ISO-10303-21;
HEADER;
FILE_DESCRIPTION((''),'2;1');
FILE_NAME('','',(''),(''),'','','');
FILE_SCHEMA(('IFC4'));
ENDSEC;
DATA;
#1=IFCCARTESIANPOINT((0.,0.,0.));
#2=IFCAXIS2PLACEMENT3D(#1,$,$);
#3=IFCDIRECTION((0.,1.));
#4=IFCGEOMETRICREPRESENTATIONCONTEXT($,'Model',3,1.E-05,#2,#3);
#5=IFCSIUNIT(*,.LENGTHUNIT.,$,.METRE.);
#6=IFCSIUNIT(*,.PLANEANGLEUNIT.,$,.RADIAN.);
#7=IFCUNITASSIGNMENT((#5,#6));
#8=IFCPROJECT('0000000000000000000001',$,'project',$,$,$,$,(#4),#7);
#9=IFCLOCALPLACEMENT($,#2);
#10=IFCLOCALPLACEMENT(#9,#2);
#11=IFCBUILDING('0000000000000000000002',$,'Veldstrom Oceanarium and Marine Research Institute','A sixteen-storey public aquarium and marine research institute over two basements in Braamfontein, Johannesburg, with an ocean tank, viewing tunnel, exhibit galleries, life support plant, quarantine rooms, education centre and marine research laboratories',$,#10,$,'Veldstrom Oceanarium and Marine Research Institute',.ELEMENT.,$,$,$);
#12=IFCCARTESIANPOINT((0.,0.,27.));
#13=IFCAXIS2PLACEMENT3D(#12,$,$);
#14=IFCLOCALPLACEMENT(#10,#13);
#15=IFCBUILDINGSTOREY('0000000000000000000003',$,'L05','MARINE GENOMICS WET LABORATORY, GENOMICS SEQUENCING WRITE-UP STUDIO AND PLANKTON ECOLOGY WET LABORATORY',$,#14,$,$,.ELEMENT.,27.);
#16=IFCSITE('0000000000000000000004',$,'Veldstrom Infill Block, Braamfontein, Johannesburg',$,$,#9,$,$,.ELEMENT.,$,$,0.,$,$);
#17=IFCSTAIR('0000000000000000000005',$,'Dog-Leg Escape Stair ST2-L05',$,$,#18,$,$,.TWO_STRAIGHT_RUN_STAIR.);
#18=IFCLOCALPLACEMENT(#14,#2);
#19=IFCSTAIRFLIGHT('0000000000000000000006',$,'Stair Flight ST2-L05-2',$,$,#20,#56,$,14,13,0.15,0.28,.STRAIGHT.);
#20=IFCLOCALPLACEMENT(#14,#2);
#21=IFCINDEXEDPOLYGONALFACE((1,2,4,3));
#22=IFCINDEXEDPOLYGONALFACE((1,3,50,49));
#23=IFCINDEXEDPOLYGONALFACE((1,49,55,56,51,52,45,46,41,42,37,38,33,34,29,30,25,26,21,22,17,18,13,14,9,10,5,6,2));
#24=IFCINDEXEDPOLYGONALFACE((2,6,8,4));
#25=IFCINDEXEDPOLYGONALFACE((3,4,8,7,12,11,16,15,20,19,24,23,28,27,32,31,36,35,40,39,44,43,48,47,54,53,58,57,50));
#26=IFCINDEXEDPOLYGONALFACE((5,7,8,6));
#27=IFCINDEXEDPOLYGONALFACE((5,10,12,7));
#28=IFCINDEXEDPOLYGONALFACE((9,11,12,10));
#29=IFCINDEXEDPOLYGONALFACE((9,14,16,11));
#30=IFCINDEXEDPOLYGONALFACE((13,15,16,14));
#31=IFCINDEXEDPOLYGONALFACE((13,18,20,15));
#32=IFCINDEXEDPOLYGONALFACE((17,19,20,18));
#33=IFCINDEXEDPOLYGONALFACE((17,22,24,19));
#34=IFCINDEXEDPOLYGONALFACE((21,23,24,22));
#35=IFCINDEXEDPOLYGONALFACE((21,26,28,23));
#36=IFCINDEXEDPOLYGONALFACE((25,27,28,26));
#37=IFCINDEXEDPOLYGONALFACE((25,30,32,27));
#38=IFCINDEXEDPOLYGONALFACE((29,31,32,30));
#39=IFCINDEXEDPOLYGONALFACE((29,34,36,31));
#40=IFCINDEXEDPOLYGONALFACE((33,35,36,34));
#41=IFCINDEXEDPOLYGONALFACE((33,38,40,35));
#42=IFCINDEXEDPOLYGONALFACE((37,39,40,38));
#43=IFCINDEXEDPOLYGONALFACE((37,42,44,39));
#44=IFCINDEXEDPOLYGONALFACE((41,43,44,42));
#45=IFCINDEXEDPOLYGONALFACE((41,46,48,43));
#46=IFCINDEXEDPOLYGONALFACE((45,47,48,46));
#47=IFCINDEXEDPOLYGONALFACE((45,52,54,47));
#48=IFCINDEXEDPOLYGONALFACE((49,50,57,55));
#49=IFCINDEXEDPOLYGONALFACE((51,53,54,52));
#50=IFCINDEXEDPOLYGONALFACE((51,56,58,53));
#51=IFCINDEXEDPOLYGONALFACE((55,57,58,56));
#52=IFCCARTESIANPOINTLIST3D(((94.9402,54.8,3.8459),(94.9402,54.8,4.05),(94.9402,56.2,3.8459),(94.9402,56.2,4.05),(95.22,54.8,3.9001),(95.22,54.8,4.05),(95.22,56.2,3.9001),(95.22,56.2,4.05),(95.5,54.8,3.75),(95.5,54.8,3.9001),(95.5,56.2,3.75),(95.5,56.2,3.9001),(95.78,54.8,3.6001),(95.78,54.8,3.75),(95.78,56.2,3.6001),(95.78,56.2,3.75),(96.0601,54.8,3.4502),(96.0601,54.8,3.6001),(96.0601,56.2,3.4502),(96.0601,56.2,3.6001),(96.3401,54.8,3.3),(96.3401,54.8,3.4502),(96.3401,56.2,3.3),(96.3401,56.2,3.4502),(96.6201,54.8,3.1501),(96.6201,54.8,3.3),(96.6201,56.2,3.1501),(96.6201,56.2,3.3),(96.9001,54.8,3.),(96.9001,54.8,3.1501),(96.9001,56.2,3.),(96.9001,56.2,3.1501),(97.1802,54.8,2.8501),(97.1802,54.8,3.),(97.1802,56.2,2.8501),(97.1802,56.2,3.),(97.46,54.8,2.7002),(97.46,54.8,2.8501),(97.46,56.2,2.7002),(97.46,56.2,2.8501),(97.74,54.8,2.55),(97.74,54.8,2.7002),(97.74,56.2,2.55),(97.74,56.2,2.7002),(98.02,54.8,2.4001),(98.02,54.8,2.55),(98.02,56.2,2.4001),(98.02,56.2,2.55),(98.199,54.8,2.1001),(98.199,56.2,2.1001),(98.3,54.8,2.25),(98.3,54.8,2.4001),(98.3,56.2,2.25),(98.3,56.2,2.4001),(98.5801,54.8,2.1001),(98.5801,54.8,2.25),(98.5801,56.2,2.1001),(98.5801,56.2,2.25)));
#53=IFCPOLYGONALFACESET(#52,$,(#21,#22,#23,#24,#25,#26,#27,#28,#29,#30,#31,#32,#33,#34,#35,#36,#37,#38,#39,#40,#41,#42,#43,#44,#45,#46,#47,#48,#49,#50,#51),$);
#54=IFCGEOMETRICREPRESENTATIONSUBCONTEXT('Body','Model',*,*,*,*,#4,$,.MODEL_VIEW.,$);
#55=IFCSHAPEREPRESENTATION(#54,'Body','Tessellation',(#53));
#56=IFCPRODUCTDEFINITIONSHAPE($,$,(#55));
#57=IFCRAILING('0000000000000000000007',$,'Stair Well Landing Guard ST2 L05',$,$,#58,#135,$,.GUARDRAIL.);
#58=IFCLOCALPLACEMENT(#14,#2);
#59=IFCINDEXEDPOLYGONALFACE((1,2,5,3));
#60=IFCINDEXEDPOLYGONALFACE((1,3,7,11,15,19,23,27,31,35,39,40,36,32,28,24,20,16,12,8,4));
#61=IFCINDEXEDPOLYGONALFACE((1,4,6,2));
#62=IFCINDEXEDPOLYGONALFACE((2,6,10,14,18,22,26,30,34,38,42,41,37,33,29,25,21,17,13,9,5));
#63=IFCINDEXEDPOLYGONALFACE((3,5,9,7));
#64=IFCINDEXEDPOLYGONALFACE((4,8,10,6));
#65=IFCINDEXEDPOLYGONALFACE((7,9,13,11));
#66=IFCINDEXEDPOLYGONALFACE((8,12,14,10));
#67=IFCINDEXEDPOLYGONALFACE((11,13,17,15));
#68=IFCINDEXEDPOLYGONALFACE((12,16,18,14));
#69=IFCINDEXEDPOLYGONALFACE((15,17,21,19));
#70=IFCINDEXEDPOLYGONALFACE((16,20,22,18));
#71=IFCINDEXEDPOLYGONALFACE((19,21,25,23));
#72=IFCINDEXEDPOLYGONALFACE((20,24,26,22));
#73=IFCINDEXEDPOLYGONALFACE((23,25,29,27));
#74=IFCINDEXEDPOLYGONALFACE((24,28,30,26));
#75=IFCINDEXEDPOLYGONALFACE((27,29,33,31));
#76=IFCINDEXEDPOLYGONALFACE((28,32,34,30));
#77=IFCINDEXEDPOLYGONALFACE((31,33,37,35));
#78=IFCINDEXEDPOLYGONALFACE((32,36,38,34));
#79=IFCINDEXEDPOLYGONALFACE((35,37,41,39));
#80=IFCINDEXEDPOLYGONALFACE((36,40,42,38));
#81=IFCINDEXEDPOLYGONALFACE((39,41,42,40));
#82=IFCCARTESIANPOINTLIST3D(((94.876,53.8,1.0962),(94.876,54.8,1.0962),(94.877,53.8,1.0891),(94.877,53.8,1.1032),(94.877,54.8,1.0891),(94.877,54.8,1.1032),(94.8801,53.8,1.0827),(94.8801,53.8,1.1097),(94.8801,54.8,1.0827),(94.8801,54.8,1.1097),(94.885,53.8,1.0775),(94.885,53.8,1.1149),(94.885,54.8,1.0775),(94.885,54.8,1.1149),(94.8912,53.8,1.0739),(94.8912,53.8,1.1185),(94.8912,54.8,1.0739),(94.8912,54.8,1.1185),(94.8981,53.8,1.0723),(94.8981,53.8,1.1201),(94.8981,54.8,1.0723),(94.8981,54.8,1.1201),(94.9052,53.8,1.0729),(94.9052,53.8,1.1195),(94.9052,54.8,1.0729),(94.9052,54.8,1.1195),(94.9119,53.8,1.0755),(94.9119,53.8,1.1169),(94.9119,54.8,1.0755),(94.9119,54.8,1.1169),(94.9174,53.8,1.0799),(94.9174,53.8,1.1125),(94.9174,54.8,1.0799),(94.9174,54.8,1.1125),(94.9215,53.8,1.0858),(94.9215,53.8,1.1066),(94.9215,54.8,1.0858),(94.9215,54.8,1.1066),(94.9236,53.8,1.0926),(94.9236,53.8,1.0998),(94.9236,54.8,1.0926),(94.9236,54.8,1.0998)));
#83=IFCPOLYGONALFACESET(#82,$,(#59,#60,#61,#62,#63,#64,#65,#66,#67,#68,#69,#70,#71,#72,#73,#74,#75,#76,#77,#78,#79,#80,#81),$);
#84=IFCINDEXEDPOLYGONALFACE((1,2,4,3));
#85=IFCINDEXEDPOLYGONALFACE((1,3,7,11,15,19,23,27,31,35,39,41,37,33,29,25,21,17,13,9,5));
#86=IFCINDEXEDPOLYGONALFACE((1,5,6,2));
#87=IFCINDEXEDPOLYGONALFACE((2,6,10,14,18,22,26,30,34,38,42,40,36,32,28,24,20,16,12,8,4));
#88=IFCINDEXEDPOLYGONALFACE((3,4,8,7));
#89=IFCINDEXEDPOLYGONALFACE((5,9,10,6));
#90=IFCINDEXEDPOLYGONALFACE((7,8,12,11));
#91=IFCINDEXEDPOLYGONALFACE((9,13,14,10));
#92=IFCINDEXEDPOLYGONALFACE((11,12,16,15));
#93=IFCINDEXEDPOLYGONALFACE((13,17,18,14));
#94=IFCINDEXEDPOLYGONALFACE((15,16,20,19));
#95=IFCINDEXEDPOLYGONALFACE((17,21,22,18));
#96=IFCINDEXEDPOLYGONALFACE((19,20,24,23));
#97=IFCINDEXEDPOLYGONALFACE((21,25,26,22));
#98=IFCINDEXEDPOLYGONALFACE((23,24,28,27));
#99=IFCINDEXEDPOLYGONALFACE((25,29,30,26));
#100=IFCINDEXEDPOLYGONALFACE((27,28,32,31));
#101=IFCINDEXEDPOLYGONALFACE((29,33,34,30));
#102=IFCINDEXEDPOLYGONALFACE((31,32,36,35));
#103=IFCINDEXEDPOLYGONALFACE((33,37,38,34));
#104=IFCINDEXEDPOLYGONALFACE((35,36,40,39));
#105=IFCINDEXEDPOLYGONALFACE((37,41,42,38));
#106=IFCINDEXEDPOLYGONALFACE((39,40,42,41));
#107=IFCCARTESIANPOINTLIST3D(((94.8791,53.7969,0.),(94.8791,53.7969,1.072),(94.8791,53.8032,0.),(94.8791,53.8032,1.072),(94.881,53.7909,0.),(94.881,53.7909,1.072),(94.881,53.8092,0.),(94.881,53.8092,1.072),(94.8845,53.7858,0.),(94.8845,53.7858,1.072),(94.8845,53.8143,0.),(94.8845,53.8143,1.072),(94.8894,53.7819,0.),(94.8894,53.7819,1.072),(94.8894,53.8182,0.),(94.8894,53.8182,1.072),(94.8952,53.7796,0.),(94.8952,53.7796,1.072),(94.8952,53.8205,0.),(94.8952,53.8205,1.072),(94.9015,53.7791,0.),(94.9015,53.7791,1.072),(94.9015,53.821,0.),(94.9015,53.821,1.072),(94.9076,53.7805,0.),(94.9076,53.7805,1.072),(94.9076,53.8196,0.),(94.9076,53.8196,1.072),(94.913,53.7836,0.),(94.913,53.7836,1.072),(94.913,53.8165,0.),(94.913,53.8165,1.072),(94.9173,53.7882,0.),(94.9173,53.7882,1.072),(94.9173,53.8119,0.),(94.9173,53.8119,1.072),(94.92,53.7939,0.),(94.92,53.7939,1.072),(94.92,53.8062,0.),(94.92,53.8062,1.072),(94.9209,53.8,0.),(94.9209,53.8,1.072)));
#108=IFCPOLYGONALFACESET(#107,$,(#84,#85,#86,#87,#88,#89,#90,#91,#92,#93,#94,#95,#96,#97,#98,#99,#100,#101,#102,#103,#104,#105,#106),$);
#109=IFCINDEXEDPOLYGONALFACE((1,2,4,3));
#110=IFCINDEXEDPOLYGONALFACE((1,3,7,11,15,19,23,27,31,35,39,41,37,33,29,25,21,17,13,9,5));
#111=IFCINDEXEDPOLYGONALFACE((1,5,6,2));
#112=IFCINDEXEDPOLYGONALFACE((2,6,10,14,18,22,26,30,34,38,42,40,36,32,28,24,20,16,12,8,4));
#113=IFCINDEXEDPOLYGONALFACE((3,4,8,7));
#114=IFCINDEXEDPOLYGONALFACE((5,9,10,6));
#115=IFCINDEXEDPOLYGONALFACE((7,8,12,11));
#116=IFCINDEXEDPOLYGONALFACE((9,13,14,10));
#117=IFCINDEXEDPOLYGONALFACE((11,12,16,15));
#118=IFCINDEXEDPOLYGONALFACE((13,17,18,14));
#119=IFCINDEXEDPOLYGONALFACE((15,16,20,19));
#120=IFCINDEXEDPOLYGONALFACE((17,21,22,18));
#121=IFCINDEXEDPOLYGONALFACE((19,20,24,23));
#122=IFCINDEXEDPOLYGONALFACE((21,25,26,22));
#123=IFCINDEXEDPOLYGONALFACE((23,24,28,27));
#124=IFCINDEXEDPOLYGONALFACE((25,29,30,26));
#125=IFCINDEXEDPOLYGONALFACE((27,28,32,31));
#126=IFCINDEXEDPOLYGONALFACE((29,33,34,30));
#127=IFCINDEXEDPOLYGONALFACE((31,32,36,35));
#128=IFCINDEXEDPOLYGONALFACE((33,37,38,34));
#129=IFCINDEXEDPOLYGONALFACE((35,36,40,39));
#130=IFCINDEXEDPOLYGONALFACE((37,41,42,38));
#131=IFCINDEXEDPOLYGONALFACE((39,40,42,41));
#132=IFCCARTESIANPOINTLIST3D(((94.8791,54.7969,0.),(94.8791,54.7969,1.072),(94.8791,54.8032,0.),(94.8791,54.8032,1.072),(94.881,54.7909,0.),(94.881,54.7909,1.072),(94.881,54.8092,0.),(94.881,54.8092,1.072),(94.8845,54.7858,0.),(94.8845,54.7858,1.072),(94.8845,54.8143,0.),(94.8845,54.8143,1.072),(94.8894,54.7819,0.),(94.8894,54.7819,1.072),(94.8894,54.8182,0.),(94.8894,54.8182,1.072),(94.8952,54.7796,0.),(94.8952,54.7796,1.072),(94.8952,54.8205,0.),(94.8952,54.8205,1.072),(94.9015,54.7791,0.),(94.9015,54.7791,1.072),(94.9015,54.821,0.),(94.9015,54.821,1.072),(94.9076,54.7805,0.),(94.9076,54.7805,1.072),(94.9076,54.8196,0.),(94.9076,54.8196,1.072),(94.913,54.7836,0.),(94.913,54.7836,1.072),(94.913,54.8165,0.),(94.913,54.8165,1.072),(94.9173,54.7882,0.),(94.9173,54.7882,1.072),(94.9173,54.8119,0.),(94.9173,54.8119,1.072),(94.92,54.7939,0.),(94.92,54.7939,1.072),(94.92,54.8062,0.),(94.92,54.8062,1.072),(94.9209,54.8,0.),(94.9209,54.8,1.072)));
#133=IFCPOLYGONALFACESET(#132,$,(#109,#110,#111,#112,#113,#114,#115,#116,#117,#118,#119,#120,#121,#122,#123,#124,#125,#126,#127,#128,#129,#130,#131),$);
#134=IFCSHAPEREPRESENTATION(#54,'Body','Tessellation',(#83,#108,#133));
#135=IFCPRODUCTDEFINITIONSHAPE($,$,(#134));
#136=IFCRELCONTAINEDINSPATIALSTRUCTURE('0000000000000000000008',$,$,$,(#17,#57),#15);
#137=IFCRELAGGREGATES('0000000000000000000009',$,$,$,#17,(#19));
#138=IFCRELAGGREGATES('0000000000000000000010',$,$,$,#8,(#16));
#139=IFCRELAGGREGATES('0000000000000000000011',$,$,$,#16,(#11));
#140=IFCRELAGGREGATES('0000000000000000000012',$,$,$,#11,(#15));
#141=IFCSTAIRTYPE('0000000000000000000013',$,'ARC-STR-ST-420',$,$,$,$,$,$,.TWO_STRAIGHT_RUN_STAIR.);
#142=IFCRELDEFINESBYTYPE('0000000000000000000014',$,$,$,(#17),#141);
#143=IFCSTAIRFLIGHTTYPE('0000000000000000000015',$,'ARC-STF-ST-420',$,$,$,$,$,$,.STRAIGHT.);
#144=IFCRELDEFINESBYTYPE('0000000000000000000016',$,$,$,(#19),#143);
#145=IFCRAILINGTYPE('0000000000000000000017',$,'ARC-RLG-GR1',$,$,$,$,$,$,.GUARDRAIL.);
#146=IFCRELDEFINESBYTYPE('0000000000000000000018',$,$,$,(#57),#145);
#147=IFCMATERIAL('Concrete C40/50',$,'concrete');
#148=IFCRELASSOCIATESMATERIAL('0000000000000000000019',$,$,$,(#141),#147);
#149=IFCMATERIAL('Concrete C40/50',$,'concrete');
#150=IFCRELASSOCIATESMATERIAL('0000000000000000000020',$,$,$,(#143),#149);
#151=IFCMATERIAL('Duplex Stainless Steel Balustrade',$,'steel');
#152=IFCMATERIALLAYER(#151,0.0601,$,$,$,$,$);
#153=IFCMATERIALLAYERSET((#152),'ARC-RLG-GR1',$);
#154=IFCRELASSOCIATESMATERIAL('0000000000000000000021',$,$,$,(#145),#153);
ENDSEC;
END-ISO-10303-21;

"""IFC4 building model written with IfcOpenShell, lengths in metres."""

from ifc_helpers import new_model, si_unit, direction, frame, origin, origin_2d, place, context, subcontext, project, spatial, polyline, circle, outline, extrude, material, layer, layer_set, type_object, element, aggregate, save


model = new_model("IFC4")

# Units and contexts
model_context = context("Model", 3, precision=1e-05, world=origin(), true_north=direction((0.0, 1.0)))
body_context = subcontext(model_context, "Body", "Model", "MODEL_VIEW")
ifc_project = project(units=[si_unit("LENGTHUNIT", "METRE"), si_unit("PLANEANGLEUNIT", "RADIAN")], contexts=[model_context])

# Site, building, storey
site_placement = place(None, origin())
site = spatial("IfcSite", under=ifc_project, at=site_placement, Name="Veldstrom Infill Block, Braamfontein, Johannesburg", CompositionType="ELEMENT", RefElevation=0.0)
building_placement = place(site_placement, origin())
building = spatial("IfcBuilding", under=site, at=building_placement, Name="Veldstrom Oceanarium and Marine Research Institute", Description="A sixteen-storey public aquarium and marine research institute over two basements in Braamfontein, Johannesburg, with an ocean tank, viewing tunnel, exhibit galleries, life support plant, quarantine rooms, education centre and marine research laboratories", LongName="Veldstrom Oceanarium and Marine Research Institute", CompositionType="ELEMENT")
storey_placement = place(building_placement, frame((0.0, 0.0, 27.0)))
storey = spatial("IfcBuildingStorey", under=building, at=storey_placement, Name="L05", Description="MARINE GENOMICS WET LABORATORY, GENOMICS SEQUENCING WRITE-UP STUDIO AND PLANKTON ECOLOGY WET LABORATORY", CompositionType="ELEMENT", Elevation=27.0)

# Stair, stair flight
ifc_material_1 = material(Name="Concrete C40/50", Category="concrete")
stair_type = type_object("IfcStairType", Name="ARC-STR-ST-420", PredefinedType="TWO_STRAIGHT_RUN_STAIR", material=ifc_material_1)
stair_placement = place(storey_placement, origin())
stair = element("IfcStair", 1, at=stair_placement, inside=storey, type_object=stair_type, Name="Dog-Leg Escape Stair ST2-L05", PredefinedType="TWO_STRAIGHT_RUN_STAIR")
ifc_material_2 = material(Name="Concrete C40/50", Category="concrete")
stair_flight_type = type_object("IfcStairFlightType", Name="ARC-STF-ST-420", PredefinedType="STRAIGHT", material=ifc_material_2)
stair_flight_1_placement = place(storey_placement, frame((98.5801, 55.5, 2.1001), z_axis=(0.0, 0.0, 1.0), x_axis=(-1.0, 0.0, 0.0)))
stair_flight_1 = element("IfcStairFlight", 2, at=stair_flight_1_placement, type_object=stair_flight_type, Name="Stair Flight ST2-L05-2", NumberOfRisers=14, NumberOfTreads=13, PredefinedType="STRAIGHT", RiserHeight=0.15, TreadLength=0.28, context=body_context, shape_type="SweptSolid", body=[
    extrude(outline(polyline([(0.0, 0.0), (0.0, 0.1499), (0.28, 0.1499), (0.28, 0.3), (0.5601, 0.3), (0.5601, 0.45), (0.8401, 0.45), (0.8401, 0.6001), (1.1201, 0.6001), (1.1201, 0.75), (1.3999, 0.75), (1.3999, 0.8999), (1.6799, 0.8999), (1.6799, 1.05), (1.96, 1.05), (1.96, 1.2), (2.24, 1.2), (2.24, 1.3501), (2.52, 1.3501), (2.52, 1.5), (2.8, 1.5), (2.8, 1.6499), (3.0801, 1.6499), (3.0801, 1.8), (3.3601, 1.8), (3.3601, 1.95), (3.6399, 1.95), (3.6399, 2.1001), (3.6399, 1.7458), (0.3811, 0.0), (0.0, 0.0)])), frame((0.0, 0.7, 0.0), z_axis=(0.0, -1.0, 0.0), x_axis=(1.0, 0.0, 0.0)), (0.0, 0.0, 1.0), 1.3999),
])
aggregate(stair, [stair_flight_1])

# Railing
ifc_material_3 = material(Name="Duplex Stainless Steel Balustrade", Category="steel")
ifc_layer_1 = layer(ifc_material_3, 0.0601)
ifc_layer_set_1 = layer_set([ifc_layer_1], Name="ARC-RLG-GR1")
railing_type_1 = type_object("IfcRailingType", Name="ARC-RLG-GR1", PredefinedType="GUARDRAIL", material=ifc_layer_set_1)
railing_1_placement = place(storey_placement, frame((94.8999, 53.8, 0.0)))
element("IfcRailing", 3, at=railing_1_placement, inside=storey, type_object=railing_type_1, Name="Stair Well Landing Guard ST2 L05", PredefinedType="GUARDRAIL", context=body_context, shape_type="SweptSolid", body=[
    extrude(circle(Radius=0.0239, at=origin_2d()), frame((0.0, 0.0, 1.0962), z_axis=(0.0, 1.0, 0.0), x_axis=(-1.0, 0.0, 0.0)), (0.0, 0.0, 1.0), 1.0),
    extrude(circle(Radius=0.021, at=origin_2d()), origin(), (0.0, 0.0, 1.0), 1.072),
    extrude(circle(Radius=0.021, at=origin_2d()), frame((0.0, 1.0, 0.0)), (0.0, 0.0, 1.0), 1.072),
])

save(model, "model.ifc")
